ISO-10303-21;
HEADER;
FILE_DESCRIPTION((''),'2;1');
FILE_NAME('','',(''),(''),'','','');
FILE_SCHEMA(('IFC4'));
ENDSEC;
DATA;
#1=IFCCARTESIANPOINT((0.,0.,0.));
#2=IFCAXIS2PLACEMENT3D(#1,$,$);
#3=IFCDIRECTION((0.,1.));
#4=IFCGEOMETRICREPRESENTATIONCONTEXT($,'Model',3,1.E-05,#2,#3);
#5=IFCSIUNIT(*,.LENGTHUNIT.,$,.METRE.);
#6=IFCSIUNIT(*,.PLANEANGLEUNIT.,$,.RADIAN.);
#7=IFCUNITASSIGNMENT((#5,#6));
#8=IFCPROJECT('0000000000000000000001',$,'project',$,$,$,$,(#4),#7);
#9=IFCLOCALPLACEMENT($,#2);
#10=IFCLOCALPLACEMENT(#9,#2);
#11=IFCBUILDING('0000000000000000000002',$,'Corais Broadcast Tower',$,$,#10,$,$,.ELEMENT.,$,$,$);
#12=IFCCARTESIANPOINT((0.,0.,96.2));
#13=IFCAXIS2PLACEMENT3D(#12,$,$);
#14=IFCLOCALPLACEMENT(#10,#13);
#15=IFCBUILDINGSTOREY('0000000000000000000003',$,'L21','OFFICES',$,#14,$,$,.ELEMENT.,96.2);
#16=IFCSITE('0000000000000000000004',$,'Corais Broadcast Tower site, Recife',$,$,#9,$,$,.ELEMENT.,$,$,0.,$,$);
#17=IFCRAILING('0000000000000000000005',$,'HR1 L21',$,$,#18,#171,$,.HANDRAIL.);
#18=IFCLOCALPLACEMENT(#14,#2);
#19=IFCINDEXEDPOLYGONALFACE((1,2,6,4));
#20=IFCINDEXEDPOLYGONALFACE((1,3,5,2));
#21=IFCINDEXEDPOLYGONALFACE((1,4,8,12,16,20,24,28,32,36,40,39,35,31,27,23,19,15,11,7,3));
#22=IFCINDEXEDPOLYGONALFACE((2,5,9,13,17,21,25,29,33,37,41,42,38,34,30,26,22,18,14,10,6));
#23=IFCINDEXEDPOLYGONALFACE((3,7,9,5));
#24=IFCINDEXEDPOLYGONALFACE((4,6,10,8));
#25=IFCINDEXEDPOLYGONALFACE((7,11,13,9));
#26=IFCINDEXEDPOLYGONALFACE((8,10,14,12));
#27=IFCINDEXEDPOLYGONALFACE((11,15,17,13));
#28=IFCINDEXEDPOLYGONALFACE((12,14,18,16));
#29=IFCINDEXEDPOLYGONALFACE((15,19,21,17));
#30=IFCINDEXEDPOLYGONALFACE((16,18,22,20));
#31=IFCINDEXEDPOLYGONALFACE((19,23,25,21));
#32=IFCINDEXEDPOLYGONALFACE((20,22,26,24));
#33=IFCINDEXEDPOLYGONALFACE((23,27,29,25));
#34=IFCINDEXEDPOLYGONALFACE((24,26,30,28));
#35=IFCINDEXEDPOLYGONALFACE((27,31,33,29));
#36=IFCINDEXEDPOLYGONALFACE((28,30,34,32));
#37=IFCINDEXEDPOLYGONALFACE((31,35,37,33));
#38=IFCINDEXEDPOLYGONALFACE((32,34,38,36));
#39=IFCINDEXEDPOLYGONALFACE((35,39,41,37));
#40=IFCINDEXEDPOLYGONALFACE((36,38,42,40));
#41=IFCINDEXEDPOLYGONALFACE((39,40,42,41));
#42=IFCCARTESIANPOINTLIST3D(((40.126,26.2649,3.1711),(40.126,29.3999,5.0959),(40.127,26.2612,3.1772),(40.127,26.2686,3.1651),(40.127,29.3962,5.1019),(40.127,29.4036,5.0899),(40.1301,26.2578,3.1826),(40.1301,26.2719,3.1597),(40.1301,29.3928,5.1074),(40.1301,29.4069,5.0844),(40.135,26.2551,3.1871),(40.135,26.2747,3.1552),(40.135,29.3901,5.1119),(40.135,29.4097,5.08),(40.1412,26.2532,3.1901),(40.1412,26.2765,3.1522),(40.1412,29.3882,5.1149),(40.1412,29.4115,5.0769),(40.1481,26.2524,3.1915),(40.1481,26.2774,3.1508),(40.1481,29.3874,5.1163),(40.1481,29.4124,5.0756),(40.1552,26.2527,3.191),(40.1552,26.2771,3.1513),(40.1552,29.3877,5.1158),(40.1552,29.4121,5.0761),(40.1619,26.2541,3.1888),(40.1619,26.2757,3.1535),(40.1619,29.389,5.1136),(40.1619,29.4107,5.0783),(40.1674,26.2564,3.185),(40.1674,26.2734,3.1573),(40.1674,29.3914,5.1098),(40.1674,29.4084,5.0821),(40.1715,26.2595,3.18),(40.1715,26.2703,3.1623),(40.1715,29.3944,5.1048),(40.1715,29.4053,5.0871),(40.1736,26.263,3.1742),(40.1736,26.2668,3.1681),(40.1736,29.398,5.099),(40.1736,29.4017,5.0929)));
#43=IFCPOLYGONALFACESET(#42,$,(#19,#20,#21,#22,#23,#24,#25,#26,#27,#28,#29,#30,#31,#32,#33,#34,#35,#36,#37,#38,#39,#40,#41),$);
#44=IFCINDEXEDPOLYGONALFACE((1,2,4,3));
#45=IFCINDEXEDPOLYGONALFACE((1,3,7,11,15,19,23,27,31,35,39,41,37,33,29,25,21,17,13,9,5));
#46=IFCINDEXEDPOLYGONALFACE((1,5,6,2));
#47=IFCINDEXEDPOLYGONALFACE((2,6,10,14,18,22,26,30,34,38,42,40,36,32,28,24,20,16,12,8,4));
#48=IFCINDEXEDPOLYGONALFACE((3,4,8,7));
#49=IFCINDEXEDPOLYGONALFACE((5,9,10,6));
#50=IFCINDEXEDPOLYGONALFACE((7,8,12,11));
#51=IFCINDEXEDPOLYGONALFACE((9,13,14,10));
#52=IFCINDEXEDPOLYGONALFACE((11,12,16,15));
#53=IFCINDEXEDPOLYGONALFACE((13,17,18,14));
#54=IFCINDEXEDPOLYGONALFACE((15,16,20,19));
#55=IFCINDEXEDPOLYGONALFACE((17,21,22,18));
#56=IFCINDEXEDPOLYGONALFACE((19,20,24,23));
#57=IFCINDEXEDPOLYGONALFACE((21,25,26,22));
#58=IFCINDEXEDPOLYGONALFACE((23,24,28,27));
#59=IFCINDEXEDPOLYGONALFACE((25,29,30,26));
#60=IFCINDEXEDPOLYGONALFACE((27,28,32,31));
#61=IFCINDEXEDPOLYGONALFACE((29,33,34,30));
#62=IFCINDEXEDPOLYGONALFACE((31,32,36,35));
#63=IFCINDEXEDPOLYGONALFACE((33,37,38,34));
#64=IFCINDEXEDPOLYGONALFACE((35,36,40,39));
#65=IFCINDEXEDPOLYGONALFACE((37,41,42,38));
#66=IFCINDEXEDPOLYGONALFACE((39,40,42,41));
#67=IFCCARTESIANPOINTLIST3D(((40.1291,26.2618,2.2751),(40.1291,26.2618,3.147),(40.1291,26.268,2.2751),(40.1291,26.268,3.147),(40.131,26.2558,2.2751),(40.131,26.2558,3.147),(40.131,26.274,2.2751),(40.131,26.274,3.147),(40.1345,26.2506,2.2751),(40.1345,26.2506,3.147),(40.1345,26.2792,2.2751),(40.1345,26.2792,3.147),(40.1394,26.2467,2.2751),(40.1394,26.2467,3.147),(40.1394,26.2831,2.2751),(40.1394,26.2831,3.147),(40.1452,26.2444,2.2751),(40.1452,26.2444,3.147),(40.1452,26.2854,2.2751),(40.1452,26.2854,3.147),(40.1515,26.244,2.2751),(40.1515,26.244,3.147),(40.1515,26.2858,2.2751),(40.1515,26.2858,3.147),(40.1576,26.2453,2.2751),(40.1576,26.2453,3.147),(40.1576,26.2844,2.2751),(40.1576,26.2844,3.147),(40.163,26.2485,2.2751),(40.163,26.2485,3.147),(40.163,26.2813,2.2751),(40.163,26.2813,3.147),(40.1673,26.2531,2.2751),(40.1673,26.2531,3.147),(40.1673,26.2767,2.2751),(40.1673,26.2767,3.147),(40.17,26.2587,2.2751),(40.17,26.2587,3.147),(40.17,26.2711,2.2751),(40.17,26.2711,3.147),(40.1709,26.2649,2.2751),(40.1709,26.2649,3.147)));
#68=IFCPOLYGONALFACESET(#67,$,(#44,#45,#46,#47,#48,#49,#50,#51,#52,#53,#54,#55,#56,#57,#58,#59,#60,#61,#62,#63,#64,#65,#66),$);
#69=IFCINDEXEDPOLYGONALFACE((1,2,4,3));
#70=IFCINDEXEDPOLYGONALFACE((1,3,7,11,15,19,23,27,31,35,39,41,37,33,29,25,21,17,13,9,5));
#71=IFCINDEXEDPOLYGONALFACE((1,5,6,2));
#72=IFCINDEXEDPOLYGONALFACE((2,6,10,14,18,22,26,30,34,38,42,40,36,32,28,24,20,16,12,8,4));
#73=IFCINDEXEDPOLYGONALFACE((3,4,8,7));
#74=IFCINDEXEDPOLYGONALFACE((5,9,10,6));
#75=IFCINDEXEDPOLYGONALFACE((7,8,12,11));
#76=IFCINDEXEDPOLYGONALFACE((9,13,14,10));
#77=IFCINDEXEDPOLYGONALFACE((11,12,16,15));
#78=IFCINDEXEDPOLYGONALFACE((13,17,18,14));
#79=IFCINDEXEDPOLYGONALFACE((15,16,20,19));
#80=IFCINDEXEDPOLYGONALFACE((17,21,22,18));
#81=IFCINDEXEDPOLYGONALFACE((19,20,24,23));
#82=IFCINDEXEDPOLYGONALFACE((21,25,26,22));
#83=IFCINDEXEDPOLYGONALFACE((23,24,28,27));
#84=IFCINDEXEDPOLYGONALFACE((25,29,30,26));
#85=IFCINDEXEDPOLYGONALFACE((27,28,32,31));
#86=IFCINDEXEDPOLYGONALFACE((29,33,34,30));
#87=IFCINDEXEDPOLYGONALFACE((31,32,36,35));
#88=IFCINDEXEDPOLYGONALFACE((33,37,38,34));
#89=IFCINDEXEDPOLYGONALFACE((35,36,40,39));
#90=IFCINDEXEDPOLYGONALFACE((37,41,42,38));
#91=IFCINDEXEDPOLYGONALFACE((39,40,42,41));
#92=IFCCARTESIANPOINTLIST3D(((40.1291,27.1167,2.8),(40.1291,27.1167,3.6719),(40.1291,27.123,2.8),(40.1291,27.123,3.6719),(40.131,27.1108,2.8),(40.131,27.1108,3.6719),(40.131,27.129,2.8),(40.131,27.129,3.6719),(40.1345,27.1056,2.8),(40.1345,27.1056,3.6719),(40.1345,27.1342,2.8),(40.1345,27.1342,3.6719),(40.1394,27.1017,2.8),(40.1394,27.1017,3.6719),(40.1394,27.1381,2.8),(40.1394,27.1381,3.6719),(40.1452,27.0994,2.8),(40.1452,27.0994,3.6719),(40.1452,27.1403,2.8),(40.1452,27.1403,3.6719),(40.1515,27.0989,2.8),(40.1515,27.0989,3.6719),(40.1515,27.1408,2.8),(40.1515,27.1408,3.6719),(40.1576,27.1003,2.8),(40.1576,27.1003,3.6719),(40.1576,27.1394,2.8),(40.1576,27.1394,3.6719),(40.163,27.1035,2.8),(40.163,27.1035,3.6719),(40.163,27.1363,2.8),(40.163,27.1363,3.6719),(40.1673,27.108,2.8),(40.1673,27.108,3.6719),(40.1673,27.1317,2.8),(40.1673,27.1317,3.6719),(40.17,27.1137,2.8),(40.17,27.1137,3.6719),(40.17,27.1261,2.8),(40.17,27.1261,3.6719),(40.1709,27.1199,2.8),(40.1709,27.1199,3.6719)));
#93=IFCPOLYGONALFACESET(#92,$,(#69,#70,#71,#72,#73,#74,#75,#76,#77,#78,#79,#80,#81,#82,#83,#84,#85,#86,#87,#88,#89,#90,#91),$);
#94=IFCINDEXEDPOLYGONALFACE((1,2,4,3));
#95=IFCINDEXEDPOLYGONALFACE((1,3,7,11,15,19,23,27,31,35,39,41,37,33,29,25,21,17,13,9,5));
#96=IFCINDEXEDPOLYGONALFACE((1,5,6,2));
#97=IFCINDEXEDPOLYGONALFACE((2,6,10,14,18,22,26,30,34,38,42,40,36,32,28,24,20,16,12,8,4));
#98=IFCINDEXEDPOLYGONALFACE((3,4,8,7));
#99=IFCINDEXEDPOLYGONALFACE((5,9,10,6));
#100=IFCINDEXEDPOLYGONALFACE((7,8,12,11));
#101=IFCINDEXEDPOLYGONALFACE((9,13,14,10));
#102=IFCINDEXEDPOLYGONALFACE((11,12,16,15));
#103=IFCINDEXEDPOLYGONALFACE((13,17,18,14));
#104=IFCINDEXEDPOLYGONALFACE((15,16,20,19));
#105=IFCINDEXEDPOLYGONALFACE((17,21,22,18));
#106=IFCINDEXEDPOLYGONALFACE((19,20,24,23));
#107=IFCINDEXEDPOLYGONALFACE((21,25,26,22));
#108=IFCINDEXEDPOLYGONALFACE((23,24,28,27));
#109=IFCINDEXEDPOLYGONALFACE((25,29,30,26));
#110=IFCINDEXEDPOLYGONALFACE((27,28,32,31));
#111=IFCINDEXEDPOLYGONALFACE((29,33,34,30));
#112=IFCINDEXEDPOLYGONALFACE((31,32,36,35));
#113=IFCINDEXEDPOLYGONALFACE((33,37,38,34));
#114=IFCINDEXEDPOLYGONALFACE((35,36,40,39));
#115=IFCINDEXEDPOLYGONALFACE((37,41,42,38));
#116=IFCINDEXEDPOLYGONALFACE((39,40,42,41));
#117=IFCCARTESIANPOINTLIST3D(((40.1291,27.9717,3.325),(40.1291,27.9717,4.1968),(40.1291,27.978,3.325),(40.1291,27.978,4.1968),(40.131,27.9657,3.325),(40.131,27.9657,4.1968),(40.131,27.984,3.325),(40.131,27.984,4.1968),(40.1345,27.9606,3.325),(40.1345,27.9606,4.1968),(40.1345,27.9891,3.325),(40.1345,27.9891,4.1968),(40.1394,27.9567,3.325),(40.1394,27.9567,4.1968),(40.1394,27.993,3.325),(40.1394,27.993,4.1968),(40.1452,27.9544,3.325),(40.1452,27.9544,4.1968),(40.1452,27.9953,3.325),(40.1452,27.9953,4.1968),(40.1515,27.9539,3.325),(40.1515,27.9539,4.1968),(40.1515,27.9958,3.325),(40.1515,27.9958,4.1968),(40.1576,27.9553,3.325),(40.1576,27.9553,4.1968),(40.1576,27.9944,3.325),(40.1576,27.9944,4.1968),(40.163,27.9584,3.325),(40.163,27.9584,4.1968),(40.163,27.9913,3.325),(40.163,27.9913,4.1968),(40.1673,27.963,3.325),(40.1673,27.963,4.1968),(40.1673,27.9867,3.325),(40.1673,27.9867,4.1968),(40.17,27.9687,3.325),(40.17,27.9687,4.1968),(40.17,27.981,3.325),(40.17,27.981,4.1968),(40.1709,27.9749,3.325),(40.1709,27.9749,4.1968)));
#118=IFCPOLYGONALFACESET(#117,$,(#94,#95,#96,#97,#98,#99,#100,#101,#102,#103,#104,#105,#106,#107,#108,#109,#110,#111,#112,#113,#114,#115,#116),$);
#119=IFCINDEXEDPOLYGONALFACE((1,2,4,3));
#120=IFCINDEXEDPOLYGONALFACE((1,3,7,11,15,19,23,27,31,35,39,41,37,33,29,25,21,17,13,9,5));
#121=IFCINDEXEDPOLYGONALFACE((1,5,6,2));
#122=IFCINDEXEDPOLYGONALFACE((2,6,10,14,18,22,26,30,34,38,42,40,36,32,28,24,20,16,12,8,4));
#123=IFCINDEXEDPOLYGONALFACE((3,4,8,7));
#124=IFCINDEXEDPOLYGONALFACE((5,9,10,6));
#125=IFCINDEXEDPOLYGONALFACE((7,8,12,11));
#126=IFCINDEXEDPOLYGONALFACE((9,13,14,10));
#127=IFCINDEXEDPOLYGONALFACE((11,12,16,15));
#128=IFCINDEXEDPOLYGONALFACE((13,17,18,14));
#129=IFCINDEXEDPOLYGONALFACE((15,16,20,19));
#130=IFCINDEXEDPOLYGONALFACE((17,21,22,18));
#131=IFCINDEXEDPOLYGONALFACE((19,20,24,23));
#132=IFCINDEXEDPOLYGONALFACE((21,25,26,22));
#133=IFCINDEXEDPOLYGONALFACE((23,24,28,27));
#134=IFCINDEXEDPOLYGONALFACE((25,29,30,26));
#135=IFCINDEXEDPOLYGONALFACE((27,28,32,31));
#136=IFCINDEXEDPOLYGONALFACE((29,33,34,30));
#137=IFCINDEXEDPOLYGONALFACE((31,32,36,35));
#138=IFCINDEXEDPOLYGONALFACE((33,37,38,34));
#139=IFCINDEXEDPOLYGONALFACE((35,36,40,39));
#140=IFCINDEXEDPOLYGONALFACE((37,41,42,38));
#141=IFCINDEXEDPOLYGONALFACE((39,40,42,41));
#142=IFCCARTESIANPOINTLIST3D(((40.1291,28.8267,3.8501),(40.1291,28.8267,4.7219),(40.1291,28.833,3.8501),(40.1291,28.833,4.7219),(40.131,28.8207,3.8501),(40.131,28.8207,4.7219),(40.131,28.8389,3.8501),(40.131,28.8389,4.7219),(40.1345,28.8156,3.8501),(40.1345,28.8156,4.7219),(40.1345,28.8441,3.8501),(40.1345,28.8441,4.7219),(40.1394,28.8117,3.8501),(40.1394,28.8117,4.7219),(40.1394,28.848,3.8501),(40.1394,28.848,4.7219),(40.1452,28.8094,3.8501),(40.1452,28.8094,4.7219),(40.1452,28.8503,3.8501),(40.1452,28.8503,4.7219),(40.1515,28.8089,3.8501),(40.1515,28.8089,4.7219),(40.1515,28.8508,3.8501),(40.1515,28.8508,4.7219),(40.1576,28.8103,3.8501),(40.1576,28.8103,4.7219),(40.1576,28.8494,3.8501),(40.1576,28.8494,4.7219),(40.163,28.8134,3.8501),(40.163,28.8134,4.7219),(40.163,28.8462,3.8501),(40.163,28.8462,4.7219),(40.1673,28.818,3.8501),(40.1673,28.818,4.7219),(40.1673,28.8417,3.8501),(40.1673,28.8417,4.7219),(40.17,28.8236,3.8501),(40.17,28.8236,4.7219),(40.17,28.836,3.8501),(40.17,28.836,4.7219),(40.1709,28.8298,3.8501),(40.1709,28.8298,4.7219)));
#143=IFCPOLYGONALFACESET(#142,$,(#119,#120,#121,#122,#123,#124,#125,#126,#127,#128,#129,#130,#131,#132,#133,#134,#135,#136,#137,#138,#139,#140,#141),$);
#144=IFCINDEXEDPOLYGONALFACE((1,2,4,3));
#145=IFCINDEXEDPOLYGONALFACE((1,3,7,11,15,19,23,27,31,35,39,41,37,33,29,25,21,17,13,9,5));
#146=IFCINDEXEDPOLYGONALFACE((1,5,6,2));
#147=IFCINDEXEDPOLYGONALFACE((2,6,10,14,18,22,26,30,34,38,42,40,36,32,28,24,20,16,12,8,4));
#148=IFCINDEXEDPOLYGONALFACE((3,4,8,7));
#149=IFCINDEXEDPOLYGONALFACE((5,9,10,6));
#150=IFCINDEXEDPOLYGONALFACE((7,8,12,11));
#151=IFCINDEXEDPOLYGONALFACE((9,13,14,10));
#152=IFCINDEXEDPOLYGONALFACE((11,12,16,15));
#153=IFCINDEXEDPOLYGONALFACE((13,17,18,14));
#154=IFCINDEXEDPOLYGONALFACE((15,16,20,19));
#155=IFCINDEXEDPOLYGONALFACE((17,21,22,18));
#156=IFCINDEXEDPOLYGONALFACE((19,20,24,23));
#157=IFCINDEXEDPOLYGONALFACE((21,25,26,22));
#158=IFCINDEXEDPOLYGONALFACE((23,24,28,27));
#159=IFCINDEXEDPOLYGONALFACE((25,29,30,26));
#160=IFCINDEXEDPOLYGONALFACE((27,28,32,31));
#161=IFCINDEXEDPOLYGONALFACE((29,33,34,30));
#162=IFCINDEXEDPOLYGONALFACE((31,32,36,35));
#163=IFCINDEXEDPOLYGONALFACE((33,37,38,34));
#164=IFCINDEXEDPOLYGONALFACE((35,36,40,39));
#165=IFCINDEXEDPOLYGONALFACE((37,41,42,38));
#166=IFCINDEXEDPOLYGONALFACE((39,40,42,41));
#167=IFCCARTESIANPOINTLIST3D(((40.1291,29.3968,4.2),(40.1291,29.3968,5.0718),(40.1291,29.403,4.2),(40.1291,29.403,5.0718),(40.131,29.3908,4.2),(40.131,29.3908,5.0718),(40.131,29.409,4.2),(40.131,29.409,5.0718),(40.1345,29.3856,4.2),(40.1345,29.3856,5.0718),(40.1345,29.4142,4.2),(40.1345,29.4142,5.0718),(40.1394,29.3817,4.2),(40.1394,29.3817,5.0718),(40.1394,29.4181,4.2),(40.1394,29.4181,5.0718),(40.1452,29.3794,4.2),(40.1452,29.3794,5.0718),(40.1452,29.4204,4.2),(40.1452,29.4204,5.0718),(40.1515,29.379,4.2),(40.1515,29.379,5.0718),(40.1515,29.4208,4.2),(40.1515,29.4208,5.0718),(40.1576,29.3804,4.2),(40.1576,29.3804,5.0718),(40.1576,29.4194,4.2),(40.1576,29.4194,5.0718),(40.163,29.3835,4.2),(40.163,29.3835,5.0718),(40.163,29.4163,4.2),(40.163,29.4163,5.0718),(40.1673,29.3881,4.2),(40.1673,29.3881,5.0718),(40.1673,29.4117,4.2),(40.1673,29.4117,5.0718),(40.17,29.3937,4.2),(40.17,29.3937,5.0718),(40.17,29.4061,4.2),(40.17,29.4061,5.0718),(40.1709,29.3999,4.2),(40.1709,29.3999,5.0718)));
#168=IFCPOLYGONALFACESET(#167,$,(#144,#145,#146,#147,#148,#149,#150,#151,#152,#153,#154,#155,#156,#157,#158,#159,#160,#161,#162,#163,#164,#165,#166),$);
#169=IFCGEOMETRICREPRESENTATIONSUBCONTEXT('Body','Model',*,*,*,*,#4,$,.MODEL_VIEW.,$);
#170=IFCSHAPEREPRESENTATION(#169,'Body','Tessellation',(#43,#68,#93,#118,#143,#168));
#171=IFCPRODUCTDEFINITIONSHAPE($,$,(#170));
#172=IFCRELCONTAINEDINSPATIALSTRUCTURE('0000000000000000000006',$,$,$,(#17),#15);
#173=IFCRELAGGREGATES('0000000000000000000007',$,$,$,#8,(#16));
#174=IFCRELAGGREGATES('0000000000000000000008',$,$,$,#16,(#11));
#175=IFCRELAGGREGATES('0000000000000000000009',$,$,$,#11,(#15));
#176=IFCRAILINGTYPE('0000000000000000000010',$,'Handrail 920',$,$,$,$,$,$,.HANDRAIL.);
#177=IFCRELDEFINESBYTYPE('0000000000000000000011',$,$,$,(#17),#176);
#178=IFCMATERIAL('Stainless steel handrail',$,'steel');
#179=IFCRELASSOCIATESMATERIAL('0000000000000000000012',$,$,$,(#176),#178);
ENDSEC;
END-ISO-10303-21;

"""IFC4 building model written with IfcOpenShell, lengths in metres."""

from ifc_helpers import new_model, si_unit, direction, frame, origin, origin_2d, place, context, subcontext, project, spatial, circle, extrude, material, type_object, element, save


model = new_model("IFC4")

# Units and contexts
model_context = context("Model", 3, precision=1e-05, world=origin(), true_north=direction((0.0, 1.0)))
body_context = subcontext(model_context, "Body", "Model", "MODEL_VIEW")
ifc_project = project(units=[si_unit("LENGTHUNIT", "METRE"), si_unit("PLANEANGLEUNIT", "RADIAN")], contexts=[model_context])

# Site, building, storey
site_placement = place(None, origin())
site = spatial("IfcSite", under=ifc_project, at=site_placement, Name="Corais Broadcast Tower site, Recife", CompositionType="ELEMENT", RefElevation=0.0)
building_placement = place(site_placement, origin())
building = spatial("IfcBuilding", under=site, at=building_placement, Name="Corais Broadcast Tower", CompositionType="ELEMENT")
storey_placement = place(building_placement, frame((0.0, 0.0, 96.2)))
storey = spatial("IfcBuildingStorey", under=building, at=storey_placement, Name="L21", Description="OFFICES", CompositionType="ELEMENT", Elevation=96.2)

# Railing
ifc_material_1 = material(Name="Stainless steel handrail", Category="steel")
railing_type = type_object("IfcRailingType", Name="Handrail 920", PredefinedType="HANDRAIL", material=ifc_material_1)
for number, where, name in (
    (1, (40.1499, 26.2649, 2.2751), "HR1 L21"),
):
    element("IfcRailing", number, at=place(storey_placement, frame(where)), inside=storey, type_object=railing_type, Name=name, PredefinedType="HANDRAIL", context=body_context, shape_type="SweptSolid", body=[
        extrude(circle(Radius=0.0239, at=origin_2d()), frame((0.0, 0.0, 0.896), z_axis=(0.0, 0.852196, 0.523223), x_axis=(-1.0, 0.0, 0.0)), (0.0, 0.0, 1.0), 3.6787),
        extrude(circle(Radius=0.021, at=origin_2d()), origin(), (0.0, 0.0, 1.0), 0.8718),
        extrude(circle(Radius=0.021, at=origin_2d()), frame((0.0, 0.855, 0.5249)), (0.0, 0.0, 1.0), 0.8718),
        extrude(circle(Radius=0.021, at=origin_2d()), frame((0.0, 1.71, 1.0498)), (0.0, 0.0, 1.0), 0.8718),
        extrude(circle(Radius=0.021, at=origin_2d()), frame((0.0, 2.5649, 1.575)), (0.0, 0.0, 1.0), 0.8718),
        extrude(circle(Radius=0.021, at=origin_2d()), frame((0.0, 3.135, 1.9248)), (0.0, 0.0, 1.0), 0.8718),
    ])

save(model, "model.ifc")
